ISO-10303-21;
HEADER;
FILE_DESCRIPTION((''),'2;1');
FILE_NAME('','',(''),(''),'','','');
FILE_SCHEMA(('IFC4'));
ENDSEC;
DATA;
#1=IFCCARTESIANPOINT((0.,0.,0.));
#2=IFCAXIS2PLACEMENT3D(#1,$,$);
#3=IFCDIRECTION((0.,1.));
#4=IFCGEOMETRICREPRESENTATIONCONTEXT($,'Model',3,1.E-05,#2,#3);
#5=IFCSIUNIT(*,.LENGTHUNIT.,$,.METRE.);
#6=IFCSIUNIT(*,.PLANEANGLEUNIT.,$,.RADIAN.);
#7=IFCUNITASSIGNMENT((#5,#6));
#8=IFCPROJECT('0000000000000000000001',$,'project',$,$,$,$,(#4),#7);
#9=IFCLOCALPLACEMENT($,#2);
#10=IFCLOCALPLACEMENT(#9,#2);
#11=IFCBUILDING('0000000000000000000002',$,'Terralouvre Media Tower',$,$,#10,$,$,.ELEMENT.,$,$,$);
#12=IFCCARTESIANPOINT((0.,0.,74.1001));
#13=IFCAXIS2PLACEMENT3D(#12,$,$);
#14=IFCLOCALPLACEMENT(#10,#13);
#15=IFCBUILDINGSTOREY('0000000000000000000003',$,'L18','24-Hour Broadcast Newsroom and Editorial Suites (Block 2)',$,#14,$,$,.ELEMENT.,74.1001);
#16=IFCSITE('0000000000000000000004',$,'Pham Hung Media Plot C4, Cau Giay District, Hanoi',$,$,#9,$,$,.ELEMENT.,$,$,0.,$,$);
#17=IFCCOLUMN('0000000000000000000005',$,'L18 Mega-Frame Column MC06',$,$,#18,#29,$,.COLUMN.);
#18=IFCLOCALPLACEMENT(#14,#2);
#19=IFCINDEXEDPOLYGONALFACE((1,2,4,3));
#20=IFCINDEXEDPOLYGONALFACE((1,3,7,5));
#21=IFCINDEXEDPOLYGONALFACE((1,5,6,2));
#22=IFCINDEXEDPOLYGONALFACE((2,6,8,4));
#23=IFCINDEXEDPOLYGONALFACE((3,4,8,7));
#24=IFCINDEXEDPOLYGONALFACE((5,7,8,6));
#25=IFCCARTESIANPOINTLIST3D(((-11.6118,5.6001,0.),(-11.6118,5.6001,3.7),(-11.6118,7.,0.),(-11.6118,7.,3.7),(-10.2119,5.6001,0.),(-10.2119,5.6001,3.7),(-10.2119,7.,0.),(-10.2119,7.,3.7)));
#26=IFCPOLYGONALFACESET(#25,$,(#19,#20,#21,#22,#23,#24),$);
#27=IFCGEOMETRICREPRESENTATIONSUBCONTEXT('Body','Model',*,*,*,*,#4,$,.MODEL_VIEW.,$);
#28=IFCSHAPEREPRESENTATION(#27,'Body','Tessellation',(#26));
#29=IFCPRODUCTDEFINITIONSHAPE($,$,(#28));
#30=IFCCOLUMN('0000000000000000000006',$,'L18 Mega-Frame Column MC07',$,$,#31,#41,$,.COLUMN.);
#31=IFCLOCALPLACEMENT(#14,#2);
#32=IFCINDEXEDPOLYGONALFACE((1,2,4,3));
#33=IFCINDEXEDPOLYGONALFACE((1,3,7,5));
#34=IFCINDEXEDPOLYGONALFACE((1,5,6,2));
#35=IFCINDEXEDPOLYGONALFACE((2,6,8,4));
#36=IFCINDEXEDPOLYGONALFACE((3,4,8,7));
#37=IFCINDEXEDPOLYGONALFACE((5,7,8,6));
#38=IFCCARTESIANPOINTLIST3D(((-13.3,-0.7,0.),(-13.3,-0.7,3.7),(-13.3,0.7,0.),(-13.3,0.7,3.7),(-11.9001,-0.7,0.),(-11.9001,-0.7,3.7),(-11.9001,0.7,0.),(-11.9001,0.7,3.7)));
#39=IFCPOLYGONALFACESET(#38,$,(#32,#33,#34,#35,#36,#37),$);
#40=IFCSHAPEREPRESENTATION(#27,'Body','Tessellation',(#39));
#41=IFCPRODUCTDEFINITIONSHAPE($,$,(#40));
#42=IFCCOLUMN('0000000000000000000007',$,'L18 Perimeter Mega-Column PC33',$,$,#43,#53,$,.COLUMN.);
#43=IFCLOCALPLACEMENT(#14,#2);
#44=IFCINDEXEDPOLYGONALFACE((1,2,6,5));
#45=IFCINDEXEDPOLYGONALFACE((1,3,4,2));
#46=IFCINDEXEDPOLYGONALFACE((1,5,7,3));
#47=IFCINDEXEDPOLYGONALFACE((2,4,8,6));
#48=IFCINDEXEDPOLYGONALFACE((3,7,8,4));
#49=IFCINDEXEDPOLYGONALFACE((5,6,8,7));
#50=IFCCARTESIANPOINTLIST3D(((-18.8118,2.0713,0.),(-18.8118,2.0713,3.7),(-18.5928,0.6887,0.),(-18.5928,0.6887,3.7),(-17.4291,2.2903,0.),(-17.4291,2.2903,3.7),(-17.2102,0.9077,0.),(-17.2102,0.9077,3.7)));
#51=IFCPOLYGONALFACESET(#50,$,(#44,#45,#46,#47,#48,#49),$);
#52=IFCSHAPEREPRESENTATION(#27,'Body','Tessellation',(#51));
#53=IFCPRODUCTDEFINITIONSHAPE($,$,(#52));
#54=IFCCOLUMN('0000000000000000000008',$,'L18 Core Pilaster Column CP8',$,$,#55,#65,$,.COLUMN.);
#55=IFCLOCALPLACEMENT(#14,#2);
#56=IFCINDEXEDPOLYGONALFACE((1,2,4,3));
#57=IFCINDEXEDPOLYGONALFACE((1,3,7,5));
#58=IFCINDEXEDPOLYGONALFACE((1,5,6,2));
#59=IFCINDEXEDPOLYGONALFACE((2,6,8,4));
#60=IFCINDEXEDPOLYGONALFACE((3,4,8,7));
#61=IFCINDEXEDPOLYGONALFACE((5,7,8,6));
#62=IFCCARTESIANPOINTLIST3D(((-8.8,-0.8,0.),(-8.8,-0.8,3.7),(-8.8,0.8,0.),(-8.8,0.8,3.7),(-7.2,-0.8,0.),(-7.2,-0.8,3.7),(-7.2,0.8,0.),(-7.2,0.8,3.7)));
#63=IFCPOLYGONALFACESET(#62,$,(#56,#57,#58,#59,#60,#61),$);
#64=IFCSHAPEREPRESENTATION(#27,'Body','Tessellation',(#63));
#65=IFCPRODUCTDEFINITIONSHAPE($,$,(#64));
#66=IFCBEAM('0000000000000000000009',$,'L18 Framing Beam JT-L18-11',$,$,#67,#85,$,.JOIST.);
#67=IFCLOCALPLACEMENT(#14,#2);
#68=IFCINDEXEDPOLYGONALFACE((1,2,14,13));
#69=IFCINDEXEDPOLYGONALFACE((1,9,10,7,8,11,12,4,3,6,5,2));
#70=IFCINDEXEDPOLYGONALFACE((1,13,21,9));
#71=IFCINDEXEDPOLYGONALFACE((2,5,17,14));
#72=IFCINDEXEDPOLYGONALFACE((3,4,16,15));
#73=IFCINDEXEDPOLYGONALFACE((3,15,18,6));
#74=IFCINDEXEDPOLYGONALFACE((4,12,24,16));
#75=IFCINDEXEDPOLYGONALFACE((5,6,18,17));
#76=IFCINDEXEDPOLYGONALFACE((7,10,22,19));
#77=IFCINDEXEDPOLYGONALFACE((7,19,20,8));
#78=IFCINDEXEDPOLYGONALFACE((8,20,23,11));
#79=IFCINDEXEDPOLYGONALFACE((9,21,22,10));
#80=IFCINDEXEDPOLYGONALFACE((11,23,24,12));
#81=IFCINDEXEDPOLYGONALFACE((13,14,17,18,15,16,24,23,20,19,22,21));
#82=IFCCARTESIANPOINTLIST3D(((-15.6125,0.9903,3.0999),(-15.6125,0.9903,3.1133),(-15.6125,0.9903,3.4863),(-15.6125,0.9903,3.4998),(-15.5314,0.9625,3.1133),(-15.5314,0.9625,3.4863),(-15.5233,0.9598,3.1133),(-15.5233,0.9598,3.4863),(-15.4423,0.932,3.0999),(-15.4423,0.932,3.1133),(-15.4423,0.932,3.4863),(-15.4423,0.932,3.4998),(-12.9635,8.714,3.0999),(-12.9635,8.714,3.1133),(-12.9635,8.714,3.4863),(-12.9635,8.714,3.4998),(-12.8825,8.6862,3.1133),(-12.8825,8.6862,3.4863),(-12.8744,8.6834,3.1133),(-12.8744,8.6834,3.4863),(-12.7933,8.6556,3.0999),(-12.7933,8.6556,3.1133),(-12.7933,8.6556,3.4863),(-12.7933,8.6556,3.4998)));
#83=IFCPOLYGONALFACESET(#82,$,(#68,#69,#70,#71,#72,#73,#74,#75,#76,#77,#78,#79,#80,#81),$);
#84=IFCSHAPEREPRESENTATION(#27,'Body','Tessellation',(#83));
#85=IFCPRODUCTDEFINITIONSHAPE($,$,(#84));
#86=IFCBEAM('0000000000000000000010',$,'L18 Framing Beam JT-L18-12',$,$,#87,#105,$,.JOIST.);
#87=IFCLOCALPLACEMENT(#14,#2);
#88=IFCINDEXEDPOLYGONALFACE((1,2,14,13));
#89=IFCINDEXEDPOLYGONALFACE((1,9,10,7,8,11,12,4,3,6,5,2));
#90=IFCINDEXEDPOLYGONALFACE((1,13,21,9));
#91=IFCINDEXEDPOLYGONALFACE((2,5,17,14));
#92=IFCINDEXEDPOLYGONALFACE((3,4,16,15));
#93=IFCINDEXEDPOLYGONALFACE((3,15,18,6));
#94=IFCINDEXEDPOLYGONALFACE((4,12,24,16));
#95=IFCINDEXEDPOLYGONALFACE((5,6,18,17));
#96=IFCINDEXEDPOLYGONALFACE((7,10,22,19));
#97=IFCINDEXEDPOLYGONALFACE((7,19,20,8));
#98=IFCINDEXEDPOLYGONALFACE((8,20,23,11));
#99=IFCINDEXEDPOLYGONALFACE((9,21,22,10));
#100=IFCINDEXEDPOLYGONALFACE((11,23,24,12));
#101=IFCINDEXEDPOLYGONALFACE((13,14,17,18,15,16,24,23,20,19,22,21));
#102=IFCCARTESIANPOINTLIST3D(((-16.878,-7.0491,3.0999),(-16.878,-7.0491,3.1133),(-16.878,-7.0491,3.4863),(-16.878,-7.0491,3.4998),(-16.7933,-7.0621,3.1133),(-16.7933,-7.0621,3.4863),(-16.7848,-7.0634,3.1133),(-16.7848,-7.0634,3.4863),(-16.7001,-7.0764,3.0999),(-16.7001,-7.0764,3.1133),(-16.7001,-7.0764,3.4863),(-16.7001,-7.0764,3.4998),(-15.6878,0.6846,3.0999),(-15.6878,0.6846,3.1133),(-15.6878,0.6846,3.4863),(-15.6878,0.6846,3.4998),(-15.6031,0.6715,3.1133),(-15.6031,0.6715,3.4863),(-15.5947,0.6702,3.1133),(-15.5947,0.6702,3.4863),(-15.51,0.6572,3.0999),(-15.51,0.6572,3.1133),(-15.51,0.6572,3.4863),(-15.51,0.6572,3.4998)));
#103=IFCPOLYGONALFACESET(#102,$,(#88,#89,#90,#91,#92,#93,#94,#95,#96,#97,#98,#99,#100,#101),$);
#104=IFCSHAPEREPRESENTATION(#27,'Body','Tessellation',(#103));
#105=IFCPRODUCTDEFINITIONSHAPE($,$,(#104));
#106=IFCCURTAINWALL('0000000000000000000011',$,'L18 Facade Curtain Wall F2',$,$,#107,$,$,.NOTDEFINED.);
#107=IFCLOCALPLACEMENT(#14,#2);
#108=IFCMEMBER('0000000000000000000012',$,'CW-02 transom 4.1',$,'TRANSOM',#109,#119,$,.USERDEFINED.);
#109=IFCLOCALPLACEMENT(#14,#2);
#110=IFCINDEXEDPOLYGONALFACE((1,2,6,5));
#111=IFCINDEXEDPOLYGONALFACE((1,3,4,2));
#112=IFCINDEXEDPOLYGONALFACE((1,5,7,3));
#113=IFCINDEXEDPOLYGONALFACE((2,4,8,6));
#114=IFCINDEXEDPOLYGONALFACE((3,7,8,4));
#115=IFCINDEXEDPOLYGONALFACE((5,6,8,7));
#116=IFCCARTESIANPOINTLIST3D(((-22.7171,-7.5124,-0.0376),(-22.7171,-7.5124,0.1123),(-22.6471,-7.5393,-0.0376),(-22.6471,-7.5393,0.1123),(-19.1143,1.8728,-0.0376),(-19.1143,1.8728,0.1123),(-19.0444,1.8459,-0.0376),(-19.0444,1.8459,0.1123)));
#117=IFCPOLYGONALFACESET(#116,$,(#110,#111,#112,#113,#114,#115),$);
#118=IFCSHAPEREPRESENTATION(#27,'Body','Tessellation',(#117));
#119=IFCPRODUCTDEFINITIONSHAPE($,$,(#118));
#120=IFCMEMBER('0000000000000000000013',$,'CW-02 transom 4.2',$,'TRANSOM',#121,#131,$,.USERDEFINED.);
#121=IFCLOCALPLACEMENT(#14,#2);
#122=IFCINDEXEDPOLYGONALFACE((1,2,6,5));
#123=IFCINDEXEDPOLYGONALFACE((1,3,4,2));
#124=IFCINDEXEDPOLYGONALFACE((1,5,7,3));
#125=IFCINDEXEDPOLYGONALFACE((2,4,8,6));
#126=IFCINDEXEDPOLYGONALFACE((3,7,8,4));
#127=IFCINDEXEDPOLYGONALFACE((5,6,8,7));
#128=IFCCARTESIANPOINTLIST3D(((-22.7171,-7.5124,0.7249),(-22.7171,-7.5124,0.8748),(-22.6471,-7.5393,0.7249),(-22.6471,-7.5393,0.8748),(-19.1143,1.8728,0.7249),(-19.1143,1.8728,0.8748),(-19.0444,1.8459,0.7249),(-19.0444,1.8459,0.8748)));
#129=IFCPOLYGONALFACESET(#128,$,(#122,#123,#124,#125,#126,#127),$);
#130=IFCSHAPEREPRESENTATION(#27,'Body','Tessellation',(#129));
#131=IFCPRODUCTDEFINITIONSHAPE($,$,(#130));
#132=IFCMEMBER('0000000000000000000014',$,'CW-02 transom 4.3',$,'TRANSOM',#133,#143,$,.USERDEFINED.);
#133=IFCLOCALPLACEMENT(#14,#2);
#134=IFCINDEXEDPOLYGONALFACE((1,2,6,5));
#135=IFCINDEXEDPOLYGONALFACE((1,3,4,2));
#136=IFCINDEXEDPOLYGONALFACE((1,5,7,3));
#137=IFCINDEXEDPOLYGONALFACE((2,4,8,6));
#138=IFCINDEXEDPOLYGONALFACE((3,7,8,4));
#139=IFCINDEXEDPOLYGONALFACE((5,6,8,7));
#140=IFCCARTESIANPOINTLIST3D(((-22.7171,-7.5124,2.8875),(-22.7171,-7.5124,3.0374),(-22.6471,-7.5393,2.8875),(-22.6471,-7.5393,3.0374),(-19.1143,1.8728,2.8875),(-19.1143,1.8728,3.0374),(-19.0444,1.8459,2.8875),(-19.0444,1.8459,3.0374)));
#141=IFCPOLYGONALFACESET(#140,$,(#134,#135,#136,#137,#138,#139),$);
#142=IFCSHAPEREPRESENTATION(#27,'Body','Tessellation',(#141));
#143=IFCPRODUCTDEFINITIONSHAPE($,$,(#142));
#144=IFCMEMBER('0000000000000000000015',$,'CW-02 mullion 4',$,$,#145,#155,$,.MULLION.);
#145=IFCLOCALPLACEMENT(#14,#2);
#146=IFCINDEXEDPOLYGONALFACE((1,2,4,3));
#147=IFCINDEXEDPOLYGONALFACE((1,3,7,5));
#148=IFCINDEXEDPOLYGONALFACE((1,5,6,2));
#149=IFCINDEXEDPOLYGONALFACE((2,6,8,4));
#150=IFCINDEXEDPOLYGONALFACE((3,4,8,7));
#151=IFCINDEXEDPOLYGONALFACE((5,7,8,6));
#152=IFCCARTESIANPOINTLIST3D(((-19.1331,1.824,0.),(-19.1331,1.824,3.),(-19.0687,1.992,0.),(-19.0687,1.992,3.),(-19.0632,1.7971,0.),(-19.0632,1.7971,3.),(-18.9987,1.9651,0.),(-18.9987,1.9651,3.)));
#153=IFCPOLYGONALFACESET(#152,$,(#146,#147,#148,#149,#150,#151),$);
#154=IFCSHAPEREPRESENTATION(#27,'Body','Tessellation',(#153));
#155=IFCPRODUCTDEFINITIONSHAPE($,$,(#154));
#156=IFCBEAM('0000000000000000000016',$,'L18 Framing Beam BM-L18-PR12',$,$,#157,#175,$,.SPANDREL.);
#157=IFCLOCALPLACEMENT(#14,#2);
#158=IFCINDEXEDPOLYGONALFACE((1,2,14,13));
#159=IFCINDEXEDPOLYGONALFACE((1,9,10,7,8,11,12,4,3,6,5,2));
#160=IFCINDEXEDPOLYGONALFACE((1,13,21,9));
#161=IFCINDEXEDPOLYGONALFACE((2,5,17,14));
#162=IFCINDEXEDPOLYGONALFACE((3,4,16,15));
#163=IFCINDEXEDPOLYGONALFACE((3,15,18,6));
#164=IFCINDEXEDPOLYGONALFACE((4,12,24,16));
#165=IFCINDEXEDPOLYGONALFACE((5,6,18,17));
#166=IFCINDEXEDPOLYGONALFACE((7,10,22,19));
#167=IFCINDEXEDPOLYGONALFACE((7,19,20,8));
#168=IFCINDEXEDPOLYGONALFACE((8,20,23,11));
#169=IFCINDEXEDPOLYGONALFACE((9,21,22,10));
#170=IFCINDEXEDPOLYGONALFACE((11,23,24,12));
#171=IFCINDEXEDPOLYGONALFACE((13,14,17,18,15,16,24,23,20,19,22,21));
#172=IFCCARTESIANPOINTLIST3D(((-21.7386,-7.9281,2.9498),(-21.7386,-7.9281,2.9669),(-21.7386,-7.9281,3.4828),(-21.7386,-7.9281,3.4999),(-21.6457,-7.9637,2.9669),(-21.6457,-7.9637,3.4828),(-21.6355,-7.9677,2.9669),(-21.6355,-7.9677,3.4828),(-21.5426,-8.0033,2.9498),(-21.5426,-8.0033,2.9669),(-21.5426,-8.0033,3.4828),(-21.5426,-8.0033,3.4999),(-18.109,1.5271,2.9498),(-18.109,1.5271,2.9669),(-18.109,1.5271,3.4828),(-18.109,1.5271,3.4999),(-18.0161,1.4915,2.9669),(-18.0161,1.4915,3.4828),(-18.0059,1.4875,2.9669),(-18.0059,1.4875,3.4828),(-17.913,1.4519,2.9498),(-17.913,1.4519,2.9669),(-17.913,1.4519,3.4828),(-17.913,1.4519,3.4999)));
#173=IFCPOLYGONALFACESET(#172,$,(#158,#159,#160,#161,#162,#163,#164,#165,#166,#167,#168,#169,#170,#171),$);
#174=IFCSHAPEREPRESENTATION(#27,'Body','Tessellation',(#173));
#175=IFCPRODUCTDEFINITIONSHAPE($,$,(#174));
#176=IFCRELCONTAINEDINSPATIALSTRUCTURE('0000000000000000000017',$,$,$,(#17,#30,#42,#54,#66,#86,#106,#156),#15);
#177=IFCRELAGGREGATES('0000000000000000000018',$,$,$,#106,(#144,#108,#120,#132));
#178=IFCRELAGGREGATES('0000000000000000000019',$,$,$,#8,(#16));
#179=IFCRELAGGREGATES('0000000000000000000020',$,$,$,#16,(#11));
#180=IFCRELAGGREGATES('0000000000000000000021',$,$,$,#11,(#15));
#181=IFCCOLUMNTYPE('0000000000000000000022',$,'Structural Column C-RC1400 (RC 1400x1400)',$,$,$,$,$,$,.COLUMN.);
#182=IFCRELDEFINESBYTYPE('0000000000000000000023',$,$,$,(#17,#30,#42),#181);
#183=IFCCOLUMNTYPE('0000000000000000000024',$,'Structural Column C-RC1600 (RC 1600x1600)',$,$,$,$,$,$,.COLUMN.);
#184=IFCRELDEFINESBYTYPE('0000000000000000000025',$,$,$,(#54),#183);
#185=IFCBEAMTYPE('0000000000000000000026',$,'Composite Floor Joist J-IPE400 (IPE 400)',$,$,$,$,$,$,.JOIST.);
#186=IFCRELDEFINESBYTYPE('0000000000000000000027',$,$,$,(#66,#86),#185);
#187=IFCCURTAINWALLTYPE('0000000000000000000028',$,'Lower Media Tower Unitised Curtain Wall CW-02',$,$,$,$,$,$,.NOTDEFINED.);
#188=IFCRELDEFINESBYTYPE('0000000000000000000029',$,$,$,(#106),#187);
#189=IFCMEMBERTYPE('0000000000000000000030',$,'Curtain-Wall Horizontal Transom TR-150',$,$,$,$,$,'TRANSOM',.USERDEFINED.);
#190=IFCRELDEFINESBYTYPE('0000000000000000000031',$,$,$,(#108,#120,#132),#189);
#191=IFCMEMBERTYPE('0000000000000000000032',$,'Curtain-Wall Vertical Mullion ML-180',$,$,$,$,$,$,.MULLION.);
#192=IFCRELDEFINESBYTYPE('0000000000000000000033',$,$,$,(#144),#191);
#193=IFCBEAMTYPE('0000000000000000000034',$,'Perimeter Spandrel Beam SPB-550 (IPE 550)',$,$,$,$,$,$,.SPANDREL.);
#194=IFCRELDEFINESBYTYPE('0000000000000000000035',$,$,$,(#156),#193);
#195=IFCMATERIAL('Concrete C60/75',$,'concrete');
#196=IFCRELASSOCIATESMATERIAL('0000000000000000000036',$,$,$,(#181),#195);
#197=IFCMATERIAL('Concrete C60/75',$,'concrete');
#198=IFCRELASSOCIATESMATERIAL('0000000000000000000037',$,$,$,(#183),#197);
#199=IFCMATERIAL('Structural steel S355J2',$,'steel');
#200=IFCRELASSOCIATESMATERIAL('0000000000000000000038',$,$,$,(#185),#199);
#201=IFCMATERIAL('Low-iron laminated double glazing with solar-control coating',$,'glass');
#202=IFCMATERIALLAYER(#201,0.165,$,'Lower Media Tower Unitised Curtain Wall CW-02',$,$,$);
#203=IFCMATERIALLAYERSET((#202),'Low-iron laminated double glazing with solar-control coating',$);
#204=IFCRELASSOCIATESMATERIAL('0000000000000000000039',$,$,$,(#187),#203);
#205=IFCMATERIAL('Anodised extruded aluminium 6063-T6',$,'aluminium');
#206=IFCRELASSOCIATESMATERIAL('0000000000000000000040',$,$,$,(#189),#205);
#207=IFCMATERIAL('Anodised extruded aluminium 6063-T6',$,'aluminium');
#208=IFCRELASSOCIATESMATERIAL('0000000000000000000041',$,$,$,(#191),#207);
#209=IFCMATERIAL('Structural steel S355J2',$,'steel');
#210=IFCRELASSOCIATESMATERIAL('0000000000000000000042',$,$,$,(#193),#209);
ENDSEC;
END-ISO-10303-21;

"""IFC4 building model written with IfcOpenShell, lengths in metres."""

from ifc_helpers import new_model, si_unit, direction, frame, origin, origin_2d, place, context, subcontext, project, spatial, rectangle, i_section, extrude, material, layer, layer_set, material_profile, profile_set, type_object, element, aggregate, save


model = new_model("IFC4")

# Units and contexts
model_context = context("Model", 3, precision=1e-05, world=origin(), true_north=direction((0.0, 1.0)))
body_context = subcontext(model_context, "Body", "Model", "MODEL_VIEW")
ifc_project = project(units=[si_unit("LENGTHUNIT", "METRE"), si_unit("PLANEANGLEUNIT", "RADIAN")], contexts=[model_context])

# Site, building, storey
site_placement = place(None, origin())
site = spatial("IfcSite", under=ifc_project, at=site_placement, Name="Pham Hung Media Plot C4, Cau Giay District, Hanoi", CompositionType="ELEMENT", RefElevation=0.0)
building_placement = place(site_placement, origin())
building = spatial("IfcBuilding", under=site, at=building_placement, Name="Terralouvre Media Tower", CompositionType="ELEMENT")
storey_placement = place(building_placement, frame((0.0, 0.0, 74.1001)))
storey = spatial("IfcBuildingStorey", under=building, at=storey_placement, Name="L18", Description="24-Hour Broadcast Newsroom and Editorial Suites (Block 2)", CompositionType="ELEMENT", Elevation=74.1001)

# Columns
ifc_material_1 = material(Name="Concrete C60/75", Category="concrete")
ifc_material_profile_1 = material_profile(ifc_material_1, rectangle(XDim=1.3999, YDim=1.3999, at=origin_2d()), Name="RC 1400x1400")
ifc_profile_set_1 = profile_set([ifc_material_profile_1], Name="Concrete C60/75")
column_type_1 = type_object("IfcColumnType", Name="Structural Column C-RC1400 (RC 1400x1400)", PredefinedType="COLUMN", material=ifc_profile_set_1)
for number, where, z_axis, x_axis, name in (
    (1, (-10.9119, 6.3, 0.0), (0.0, 0.0, 1.0), (1.0, 0.0, 0.0), "L18 Mega-Frame Column MC06"),
    (2, (-12.6001, 0.0, 0.0), (0.0, 0.0, 1.0), (1.0, 0.0, 0.0), "L18 Mega-Frame Column MC07"),
    (3, (-18.011, 1.4895, 0.0), (0.0, 0.0, 1.0), (0.987688, 0.156434, 0.0), "L18 Perimeter Mega-Column PC33"),
):
    element("IfcColumn", number, at=place(storey_placement, frame(where, z_axis=z_axis, x_axis=x_axis)), inside=storey, type_object=column_type_1, Name=name, PredefinedType="COLUMN", context=body_context, shape_type="SweptSolid", body=[
        extrude(rectangle(XDim=1.3999, YDim=1.3999, at=origin_2d()), origin(), (0.0, 0.0, 1.0), 3.7),
    ])
ifc_material_2 = material(Name="Concrete C60/75", Category="concrete")
ifc_material_profile_2 = material_profile(ifc_material_2, rectangle(XDim=1.6001, YDim=1.6001, at=origin_2d()), Name="RC 1600x1600")
ifc_profile_set_2 = profile_set([ifc_material_profile_2], Name="Concrete C60/75")
column_type_2 = type_object("IfcColumnType", Name="Structural Column C-RC1600 (RC 1600x1600)", PredefinedType="COLUMN", material=ifc_profile_set_2)
column_placement = place(storey_placement, frame((-8.0, 0.0, 0.0), z_axis=(0.0, 0.0, 1.0), x_axis=(1.0, 0.0, 0.0)))
element("IfcColumn", 4, at=column_placement, inside=storey, type_object=column_type_2, Name="L18 Core Pilaster Column CP8", PredefinedType="COLUMN", context=body_context, shape_type="SweptSolid", body=[
    extrude(rectangle(XDim=1.6001, YDim=1.6001, at=origin_2d()), origin(), (0.0, 0.0, 1.0), 3.7),
])

# Beams
ifc_material_3 = material(Name="Structural steel S355J2", Category="steel")
ifc_material_profile_3 = material_profile(ifc_material_3, i_section(OverallWidth=0.1799, OverallDepth=0.3999, WebThickness=0.0085, FlangeThickness=0.0134, at=origin_2d()), Name="IPE 400")
ifc_profile_set_3 = profile_set([ifc_material_profile_3], Name="Structural steel S355J2")
beam_type_1 = type_object("IfcBeamType", Name="Composite Floor Joist J-IPE400 (IPE 400)", PredefinedType="JOIST", material=ifc_profile_set_3)
beam_1_placement = place(storey_placement, frame((-12.8784, 8.6848, 3.2998), z_axis=(-0.324415, -0.945915, 0.0), x_axis=(0.945915, -0.324415, 0.0)))
element("IfcBeam", 5, at=beam_1_placement, inside=storey, type_object=beam_type_1, Name="L18 Framing Beam JT-L18-11", PredefinedType="JOIST", context=body_context, shape_type="SweptSolid", body=[
    extrude(i_section(OverallWidth=0.1799, OverallDepth=0.3999, WebThickness=0.0085, FlangeThickness=0.0134, at=origin_2d()), origin(), (0.0, 0.0, 1.0), 8.1653),
])
beam_2_placement = place(storey_placement, frame((-15.5989, 0.6709, 3.2998), z_axis=(-0.152106, -0.988364, 0.0), x_axis=(0.988364, -0.152106, 0.0)))
element("IfcBeam", 6, at=beam_2_placement, inside=storey, type_object=beam_type_1, Name="L18 Framing Beam JT-L18-12", PredefinedType="JOIST", context=body_context, shape_type="SweptSolid", body=[
    extrude(i_section(OverallWidth=0.1799, OverallDepth=0.3999, WebThickness=0.0085, FlangeThickness=0.0134, at=origin_2d()), origin(), (0.0, 0.0, 1.0), 7.8247),
])

# Curtain wall, members
ifc_material_4 = material(Name="Low-iron laminated double glazing with solar-control coating", Category="glass")
ifc_layer_1 = layer(ifc_material_4, 0.165, Name="Lower Media Tower Unitised Curtain Wall CW-02")
ifc_layer_set_1 = layer_set([ifc_layer_1], Name="Low-iron laminated double glazing with solar-control coating")
curtain_wall_type = type_object("IfcCurtainWallType", Name="Lower Media Tower Unitised Curtain Wall CW-02", PredefinedType="NOTDEFINED", material=ifc_layer_set_1)
curtain_wall_placement = place(storey_placement, origin())
curtain_wall = element("IfcCurtainWall", 7, at=curtain_wall_placement, inside=storey, type_object=curtain_wall_type, Name="L18 Facade Curtain Wall F2", PredefinedType="NOTDEFINED")
ifc_material_5 = material(Name="Anodised extruded aluminium 6063-T6", Category="aluminium")
ifc_material_profile_4 = material_profile(ifc_material_5, rectangle(XDim=0.075, YDim=0.1499, at=origin_2d()), Name="ALU 75x150")
ifc_profile_set_4 = profile_set([ifc_material_profile_4], Name="Anodised extruded aluminium 6063-T6")
member_type_1 = type_object("IfcMemberType", Name="Curtain-Wall Horizontal Transom TR-150", ElementType="TRANSOM", PredefinedType="USERDEFINED", material=ifc_profile_set_4)
member_1_placement = place(storey_placement, frame((-19.0793, 1.8594, 0.0374), z_axis=(-0.358379, -0.933576, 0.0), x_axis=(0.933576, -0.358379, 0.0)))
member_1 = element("IfcMember", 8, at=member_1_placement, type_object=member_type_1, Name="CW-02 transom 4.1", ObjectType="TRANSOM", PredefinedType="USERDEFINED", context=body_context, shape_type="SweptSolid", body=[
    extrude(rectangle(XDim=0.075, YDim=0.1499, at=origin_2d()), origin(), (0.0, 0.0, 1.0), 10.053),
])
member_2_placement = place(storey_placement, frame((-19.0793, 1.8594, 0.7998), z_axis=(-0.358379, -0.933576, 0.0), x_axis=(0.933576, -0.358379, 0.0)))
member_2 = element("IfcMember", 9, at=member_2_placement, type_object=member_type_1, Name="CW-02 transom 4.2", ObjectType="TRANSOM", PredefinedType="USERDEFINED", context=body_context, shape_type="SweptSolid", body=[
    extrude(rectangle(XDim=0.075, YDim=0.1499, at=origin_2d()), origin(), (0.0, 0.0, 1.0), 10.053),
])
member_3_placement = place(storey_placement, frame((-19.0793, 1.8594, 2.9624), z_axis=(-0.358379, -0.933576, 0.0), x_axis=(0.933576, -0.358379, 0.0)))
member_3 = element("IfcMember", 10, at=member_3_placement, type_object=member_type_1, Name="CW-02 transom 4.3", ObjectType="TRANSOM", PredefinedType="USERDEFINED", context=body_context, shape_type="SweptSolid", body=[
    extrude(rectangle(XDim=0.075, YDim=0.1499, at=origin_2d()), origin(), (0.0, 0.0, 1.0), 10.053),
])
ifc_material_6 = material(Name="Anodised extruded aluminium 6063-T6", Category="aluminium")
ifc_material_profile_5 = material_profile(ifc_material_6, rectangle(XDim=0.075, YDim=0.1799, at=origin_2d()), Name="ALU 75x180")
ifc_profile_set_5 = profile_set([ifc_material_profile_5], Name="Anodised extruded aluminium 6063-T6")
member_type_2 = type_object("IfcMemberType", Name="Curtain-Wall Vertical Mullion ML-180", PredefinedType="MULLION", material=ifc_profile_set_5)
member_4_placement = place(storey_placement, frame((-19.0659, 1.8945, 0.0), z_axis=(0.0, 0.0, 1.0), x_axis=(0.93358, -0.358368, 0.0)))
member_4 = element("IfcMember", 11, at=member_4_placement, type_object=member_type_2, Name="CW-02 mullion 4", PredefinedType="MULLION", context=body_context, shape_type="SweptSolid", body=[
    extrude(rectangle(XDim=0.075, YDim=0.1799, at=origin_2d()), origin(), (0.0, 0.0, 1.0), 3.0),
])

# Beam
ifc_material_7 = material(Name="Structural steel S355J2", Category="steel")
ifc_material_profile_6 = material_profile(ifc_material_7, i_section(OverallWidth=0.21, OverallDepth=0.55, WebThickness=0.011, FlangeThickness=0.0171, at=origin_2d()), Name="IPE 550")
ifc_profile_set_6 = profile_set([ifc_material_profile_6], Name="Structural steel S355J2")
beam_type_2 = type_object("IfcBeamType", Name="Perimeter Spandrel Beam SPB-550 (IPE 550)", PredefinedType="SPANDREL", material=ifc_profile_set_6)
beam_3_placement = place(storey_placement, frame((-18.011, 1.4895, 3.2249), z_axis=(-0.358375, -0.933578, 0.0), x_axis=(0.933578, -0.358375, 0.0)))
element("IfcBeam", 12, at=beam_3_placement, inside=storey, type_object=beam_type_2, Name="L18 Framing Beam BM-L18-PR12", PredefinedType="SPANDREL", context=body_context, shape_type="SweptSolid", body=[
    extrude(i_section(OverallWidth=0.21, OverallDepth=0.55, WebThickness=0.011, FlangeThickness=0.0171, at=origin_2d()), origin(), (0.0, 0.0, 1.0), 10.1279),
])

aggregate(curtain_wall, [member_4, member_1, member_2, member_3])

save(model, "model.ifc")
